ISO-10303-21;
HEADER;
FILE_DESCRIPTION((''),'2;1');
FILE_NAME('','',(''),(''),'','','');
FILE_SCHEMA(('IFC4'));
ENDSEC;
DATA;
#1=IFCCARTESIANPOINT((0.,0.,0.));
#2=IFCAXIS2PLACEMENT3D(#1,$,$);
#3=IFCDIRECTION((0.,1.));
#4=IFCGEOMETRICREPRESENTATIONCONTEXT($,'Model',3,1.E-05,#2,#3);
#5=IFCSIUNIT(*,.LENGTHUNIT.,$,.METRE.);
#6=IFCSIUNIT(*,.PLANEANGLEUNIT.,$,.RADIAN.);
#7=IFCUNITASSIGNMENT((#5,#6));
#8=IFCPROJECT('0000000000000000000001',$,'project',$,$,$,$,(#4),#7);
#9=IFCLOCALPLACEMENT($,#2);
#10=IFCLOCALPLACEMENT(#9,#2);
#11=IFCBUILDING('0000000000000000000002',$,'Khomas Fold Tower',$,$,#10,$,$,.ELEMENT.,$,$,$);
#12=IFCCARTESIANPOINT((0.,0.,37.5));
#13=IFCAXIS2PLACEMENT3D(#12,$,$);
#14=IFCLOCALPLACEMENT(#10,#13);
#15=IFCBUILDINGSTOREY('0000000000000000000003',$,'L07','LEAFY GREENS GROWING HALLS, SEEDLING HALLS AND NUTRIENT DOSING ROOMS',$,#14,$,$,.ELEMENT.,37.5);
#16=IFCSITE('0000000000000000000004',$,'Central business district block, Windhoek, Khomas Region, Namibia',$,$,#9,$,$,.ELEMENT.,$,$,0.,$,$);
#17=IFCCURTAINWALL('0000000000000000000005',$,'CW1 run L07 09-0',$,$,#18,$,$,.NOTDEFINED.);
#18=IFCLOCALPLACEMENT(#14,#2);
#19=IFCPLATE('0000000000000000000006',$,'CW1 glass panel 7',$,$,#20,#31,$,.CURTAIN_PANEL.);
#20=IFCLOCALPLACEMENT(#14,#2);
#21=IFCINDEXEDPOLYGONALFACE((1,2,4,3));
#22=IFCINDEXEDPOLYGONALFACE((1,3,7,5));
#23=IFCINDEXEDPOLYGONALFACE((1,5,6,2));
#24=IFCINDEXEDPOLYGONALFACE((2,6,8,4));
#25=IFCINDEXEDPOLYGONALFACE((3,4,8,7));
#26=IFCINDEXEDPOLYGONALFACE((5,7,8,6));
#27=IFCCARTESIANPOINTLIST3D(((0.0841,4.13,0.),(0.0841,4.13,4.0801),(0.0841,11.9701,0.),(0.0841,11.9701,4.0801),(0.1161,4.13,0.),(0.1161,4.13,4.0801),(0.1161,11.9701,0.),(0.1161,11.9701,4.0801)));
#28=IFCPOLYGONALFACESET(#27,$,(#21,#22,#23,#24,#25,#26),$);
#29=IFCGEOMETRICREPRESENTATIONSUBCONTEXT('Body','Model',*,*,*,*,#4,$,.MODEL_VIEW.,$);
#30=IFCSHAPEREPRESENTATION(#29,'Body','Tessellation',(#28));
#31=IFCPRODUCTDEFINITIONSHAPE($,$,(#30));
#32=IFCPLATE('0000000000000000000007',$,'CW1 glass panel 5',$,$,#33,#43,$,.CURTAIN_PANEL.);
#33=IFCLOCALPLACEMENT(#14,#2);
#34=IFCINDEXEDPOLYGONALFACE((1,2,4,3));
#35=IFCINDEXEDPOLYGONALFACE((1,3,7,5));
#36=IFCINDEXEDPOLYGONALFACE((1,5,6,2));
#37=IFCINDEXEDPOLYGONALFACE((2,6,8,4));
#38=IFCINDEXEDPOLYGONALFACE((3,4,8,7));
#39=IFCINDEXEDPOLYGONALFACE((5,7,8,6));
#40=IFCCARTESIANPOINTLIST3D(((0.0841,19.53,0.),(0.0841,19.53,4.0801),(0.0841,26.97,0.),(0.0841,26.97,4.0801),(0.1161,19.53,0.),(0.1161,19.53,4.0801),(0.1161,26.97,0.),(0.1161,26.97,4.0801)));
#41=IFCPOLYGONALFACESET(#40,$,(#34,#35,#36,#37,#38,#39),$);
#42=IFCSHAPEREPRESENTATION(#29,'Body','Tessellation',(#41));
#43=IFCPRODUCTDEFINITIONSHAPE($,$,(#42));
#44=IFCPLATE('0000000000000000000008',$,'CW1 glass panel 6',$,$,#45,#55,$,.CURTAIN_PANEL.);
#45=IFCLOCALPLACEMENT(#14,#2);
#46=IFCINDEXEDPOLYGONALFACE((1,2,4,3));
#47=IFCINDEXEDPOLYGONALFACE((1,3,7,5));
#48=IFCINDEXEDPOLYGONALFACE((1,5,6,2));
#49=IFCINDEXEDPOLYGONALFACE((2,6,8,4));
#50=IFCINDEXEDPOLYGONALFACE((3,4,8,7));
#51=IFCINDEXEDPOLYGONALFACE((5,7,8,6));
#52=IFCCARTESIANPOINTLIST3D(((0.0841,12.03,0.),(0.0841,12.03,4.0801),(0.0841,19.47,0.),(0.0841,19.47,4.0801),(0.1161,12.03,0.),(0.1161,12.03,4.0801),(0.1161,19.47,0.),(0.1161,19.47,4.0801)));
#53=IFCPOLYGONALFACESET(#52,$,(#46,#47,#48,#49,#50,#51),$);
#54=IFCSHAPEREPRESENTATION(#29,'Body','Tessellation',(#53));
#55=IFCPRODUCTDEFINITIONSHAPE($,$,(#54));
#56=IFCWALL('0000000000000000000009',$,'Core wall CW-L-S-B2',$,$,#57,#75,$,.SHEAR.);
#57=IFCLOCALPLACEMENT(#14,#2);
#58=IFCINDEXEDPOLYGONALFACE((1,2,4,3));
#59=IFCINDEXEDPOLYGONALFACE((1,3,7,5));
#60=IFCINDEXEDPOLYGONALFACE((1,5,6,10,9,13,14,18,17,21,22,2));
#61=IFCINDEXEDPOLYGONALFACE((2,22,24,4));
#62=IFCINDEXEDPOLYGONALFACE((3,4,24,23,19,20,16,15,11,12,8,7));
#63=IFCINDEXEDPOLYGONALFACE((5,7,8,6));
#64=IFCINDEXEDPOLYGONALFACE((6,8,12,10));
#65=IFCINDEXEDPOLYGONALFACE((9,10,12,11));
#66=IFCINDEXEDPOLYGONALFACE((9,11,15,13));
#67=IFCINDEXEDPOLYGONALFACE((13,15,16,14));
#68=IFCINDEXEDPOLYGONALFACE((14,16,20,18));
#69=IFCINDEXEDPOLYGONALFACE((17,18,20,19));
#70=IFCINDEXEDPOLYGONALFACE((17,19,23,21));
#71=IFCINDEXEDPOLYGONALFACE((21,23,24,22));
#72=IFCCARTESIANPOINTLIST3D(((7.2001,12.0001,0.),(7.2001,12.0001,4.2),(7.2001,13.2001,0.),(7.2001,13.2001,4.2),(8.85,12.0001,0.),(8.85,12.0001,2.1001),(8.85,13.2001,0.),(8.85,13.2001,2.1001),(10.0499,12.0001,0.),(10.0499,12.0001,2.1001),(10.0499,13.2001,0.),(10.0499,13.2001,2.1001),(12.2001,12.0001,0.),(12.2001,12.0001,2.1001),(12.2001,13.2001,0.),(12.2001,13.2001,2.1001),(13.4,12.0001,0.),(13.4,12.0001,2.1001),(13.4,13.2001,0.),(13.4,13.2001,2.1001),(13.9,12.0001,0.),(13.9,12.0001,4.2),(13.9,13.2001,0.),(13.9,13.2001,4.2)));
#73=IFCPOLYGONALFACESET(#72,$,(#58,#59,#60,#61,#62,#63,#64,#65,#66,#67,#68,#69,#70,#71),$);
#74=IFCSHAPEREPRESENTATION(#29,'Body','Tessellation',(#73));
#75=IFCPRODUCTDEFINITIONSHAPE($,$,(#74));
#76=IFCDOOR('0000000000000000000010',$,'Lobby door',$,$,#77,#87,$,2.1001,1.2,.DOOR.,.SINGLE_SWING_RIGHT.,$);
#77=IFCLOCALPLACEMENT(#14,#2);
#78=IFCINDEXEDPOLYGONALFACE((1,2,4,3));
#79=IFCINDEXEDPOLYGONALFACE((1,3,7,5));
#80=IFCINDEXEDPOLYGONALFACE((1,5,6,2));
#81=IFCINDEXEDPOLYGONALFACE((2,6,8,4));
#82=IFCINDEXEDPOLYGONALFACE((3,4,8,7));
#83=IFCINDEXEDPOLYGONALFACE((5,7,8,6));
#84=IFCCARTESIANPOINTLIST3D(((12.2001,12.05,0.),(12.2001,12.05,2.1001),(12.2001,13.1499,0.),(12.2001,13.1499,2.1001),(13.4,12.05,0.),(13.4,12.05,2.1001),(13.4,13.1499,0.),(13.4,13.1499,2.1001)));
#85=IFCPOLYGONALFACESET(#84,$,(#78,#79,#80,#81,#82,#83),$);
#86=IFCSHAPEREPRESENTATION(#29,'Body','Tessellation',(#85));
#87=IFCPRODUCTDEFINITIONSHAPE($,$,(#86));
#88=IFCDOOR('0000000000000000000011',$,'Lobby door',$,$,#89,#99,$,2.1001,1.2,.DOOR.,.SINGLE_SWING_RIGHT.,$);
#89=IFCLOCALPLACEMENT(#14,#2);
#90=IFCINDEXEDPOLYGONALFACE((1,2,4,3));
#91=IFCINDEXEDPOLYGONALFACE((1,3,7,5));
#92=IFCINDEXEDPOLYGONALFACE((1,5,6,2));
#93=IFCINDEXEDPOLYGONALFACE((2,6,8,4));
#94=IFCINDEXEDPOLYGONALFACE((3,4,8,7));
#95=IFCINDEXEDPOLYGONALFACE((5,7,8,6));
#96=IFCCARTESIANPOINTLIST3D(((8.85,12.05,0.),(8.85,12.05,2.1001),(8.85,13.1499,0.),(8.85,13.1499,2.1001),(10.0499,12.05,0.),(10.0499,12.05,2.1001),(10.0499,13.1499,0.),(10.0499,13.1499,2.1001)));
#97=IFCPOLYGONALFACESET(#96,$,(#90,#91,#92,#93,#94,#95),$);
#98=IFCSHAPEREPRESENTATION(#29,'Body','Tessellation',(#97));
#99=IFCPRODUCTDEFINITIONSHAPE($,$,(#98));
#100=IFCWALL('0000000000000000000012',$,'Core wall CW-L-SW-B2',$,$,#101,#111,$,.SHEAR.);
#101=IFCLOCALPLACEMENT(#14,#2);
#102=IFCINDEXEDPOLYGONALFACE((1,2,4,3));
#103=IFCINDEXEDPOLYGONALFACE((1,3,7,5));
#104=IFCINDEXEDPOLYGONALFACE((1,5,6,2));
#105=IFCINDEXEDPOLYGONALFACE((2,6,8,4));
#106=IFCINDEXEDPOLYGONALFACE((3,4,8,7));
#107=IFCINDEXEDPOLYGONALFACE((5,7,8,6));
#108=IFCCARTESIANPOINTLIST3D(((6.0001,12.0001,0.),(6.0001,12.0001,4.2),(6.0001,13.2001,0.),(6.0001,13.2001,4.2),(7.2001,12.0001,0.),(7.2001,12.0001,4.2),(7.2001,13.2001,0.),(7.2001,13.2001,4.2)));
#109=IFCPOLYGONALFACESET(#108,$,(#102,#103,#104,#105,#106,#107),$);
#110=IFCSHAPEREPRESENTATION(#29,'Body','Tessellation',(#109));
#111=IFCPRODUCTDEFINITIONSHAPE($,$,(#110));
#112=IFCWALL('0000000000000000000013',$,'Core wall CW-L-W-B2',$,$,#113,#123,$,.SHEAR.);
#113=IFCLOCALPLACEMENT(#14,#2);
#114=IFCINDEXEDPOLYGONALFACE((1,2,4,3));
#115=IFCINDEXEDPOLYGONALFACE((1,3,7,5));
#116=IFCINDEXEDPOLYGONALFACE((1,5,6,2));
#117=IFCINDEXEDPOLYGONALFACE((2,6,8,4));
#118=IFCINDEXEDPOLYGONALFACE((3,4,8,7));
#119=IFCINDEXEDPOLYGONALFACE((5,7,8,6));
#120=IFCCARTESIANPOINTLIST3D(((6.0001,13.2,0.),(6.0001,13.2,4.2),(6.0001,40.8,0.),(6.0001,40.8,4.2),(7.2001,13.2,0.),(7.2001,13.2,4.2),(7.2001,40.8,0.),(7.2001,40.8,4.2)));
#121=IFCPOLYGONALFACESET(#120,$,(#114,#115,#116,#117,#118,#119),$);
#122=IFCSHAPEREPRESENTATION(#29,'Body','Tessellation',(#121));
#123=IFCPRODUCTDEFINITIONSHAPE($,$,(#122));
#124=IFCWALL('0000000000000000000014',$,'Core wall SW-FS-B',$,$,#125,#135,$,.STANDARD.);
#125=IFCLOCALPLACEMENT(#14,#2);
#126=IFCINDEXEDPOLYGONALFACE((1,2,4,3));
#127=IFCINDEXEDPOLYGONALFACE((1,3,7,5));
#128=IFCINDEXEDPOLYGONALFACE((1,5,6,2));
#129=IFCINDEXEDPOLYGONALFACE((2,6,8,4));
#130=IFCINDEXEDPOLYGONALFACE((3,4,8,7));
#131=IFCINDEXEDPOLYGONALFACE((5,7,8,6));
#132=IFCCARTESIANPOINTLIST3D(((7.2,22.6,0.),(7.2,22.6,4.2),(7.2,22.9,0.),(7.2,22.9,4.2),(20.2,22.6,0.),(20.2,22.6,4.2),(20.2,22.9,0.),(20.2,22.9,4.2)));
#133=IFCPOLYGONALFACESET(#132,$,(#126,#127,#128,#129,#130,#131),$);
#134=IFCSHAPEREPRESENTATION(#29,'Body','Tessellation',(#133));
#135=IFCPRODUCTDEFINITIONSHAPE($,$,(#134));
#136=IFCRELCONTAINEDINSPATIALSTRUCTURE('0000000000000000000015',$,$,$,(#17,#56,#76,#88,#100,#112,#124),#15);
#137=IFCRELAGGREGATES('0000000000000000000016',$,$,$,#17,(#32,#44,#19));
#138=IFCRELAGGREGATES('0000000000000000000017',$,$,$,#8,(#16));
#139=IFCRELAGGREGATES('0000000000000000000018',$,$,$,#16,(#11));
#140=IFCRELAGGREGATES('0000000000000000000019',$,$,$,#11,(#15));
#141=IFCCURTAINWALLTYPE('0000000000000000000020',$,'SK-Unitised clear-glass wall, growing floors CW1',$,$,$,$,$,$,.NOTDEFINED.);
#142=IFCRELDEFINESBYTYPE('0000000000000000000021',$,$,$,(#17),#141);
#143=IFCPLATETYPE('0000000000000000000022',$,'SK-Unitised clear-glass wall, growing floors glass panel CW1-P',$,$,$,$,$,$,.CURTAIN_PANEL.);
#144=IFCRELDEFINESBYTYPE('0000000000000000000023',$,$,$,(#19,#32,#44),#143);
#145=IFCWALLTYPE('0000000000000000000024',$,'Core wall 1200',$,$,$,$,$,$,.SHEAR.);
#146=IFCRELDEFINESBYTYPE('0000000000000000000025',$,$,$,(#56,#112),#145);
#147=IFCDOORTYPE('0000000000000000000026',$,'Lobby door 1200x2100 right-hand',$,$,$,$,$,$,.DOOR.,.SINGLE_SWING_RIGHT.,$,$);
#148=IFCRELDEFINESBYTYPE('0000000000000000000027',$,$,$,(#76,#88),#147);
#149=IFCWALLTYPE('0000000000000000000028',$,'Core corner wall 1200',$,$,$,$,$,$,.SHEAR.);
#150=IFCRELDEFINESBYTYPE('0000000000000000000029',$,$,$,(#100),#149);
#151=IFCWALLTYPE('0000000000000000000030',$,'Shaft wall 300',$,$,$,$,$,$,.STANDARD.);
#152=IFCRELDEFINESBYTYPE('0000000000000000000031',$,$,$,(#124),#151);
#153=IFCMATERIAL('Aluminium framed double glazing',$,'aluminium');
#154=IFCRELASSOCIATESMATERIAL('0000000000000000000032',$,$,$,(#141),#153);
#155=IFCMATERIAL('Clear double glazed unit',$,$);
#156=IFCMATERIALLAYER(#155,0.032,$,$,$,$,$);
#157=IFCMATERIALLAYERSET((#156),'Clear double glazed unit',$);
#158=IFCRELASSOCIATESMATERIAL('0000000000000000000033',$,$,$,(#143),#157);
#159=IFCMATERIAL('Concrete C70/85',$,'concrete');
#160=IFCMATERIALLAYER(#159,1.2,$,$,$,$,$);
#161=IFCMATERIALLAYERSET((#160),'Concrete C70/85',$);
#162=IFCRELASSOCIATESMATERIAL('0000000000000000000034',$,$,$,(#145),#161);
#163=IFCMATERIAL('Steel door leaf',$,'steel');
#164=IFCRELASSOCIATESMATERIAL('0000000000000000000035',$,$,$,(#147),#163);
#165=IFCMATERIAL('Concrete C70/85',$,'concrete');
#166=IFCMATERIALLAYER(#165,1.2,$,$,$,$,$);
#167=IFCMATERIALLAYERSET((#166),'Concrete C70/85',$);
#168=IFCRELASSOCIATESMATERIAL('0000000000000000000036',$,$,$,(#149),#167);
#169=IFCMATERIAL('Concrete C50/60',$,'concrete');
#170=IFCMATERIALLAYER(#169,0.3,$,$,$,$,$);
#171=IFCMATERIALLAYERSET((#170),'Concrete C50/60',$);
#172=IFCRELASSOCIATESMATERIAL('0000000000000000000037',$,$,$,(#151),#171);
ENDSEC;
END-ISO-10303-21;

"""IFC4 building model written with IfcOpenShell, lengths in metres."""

from ifc_helpers import new_model, si_unit, direction, frame, frame_2d, origin, origin_2d, place, context, subcontext, project, spatial, rectangle, extrude, source, transform, mapped, material, layer, layer_set, type_object, element, fill, aggregate, save


model = new_model("IFC4")

# Units and contexts
model_context = context("Model", 3, precision=1e-05, world=origin(), true_north=direction((0.0, 1.0)))
body_context = subcontext(model_context, "Body", "Model", "MODEL_VIEW")
ifc_project = project(units=[si_unit("LENGTHUNIT", "METRE"), si_unit("PLANEANGLEUNIT", "RADIAN")], contexts=[model_context])

# Site, building, storey
site_placement = place(None, origin())
site = spatial("IfcSite", under=ifc_project, at=site_placement, Name="Central business district block, Windhoek, Khomas Region, Namibia", CompositionType="ELEMENT", RefElevation=0.0)
building_placement = place(site_placement, origin())
building = spatial("IfcBuilding", under=site, at=building_placement, Name="Khomas Fold Tower", CompositionType="ELEMENT")
storey_placement = place(building_placement, frame((0.0, 0.0, 37.5)))
storey = spatial("IfcBuildingStorey", under=building, at=storey_placement, Name="L07", Description="LEAFY GREENS GROWING HALLS, SEEDLING HALLS AND NUTRIENT DOSING ROOMS", CompositionType="ELEMENT", Elevation=37.5)

# Curtain wall, plates
ifc_material_1 = material(Name="Aluminium framed double glazing", Category="aluminium")
curtain_wall_type = type_object("IfcCurtainWallType", Name="SK-Unitised clear-glass wall, growing floors CW1", PredefinedType="NOTDEFINED", material=ifc_material_1)
curtain_wall_placement = place(storey_placement, origin())
curtain_wall = element("IfcCurtainWall", 1, at=curtain_wall_placement, inside=storey, type_object=curtain_wall_type, Name="CW1 run L07 09-0", PredefinedType="NOTDEFINED")
ifc_material_2 = material(Name="Clear double glazed unit")
ifc_layer_1 = layer(ifc_material_2, 0.032)
ifc_layer_set_1 = layer_set([ifc_layer_1], Name="Clear double glazed unit")
plate_type = type_object("IfcPlateType", Name="SK-Unitised clear-glass wall, growing floors glass panel CW1-P", PredefinedType="CURTAIN_PANEL", material=ifc_layer_set_1)
shared_shape_1 = source(origin(), body_context, "Body", "SweptSolid", [
    extrude(rectangle(XDim=7.8401, YDim=0.032, at=origin_2d()), origin(), (0.0, 0.0, 1.0), 4.0801),
])
plate_1_placement = place(storey_placement, frame((0.1001, 8.05, 0.0), z_axis=(0.0, 0.0, 1.0), x_axis=(0.0, -1.0, 0.0)))
plate_1 = element("IfcPlate", 2, at=plate_1_placement, type_object=plate_type, Name="CW1 glass panel 7", PredefinedType="CURTAIN_PANEL", context=body_context, shape_type="MappedRepresentation", body=[
    mapped(shared_shape_1, transform((0.0, 0.0, 0.0))),
])
shared_shape_2 = source(origin(), body_context, "Body", "SweptSolid", [
    extrude(rectangle(XDim=7.4399, YDim=0.032, at=origin_2d()), origin(), (0.0, 0.0, 1.0), 4.0801),
])
plate_2_placement = place(storey_placement, frame((0.1001, 23.25, 0.0), z_axis=(0.0, 0.0, 1.0), x_axis=(0.0, -1.0, 0.0)))
plate_2 = element("IfcPlate", 3, at=plate_2_placement, type_object=plate_type, Name="CW1 glass panel 5", PredefinedType="CURTAIN_PANEL", context=body_context, shape_type="MappedRepresentation", body=[
    mapped(shared_shape_2, transform((0.0, 0.0, 0.0))),
])
plate_3_placement = place(storey_placement, frame((0.1001, 15.75, 0.0), z_axis=(0.0, 0.0, 1.0), x_axis=(0.0, -1.0, 0.0)))
plate_3 = element("IfcPlate", 4, at=plate_3_placement, type_object=plate_type, Name="CW1 glass panel 6", PredefinedType="CURTAIN_PANEL", context=body_context, shape_type="MappedRepresentation", body=[
    mapped(shared_shape_2, transform((0.0, 0.0, 0.0))),
])
aggregate(curtain_wall, [plate_2, plate_3, plate_1])

# Wall, openings, doors
ifc_material_3 = material(Name="Concrete C70/85", Category="concrete")
ifc_layer_2 = layer(ifc_material_3, 1.2)
ifc_layer_set_2 = layer_set([ifc_layer_2], Name="Concrete C70/85")
wall_type_1 = type_object("IfcWallType", Name="Core wall 1200", PredefinedType="SHEAR", material=ifc_layer_set_2)
shared_shape_3 = source(origin(), body_context, "Body", "SweptSolid", [
    extrude(rectangle(XDim=6.7, YDim=1.2, at=frame_2d((3.3501, 0.0))), origin(), (0.0, 0.0, 1.0), 4.2),
])
wall_1_placement = place(storey_placement, frame((7.2, 12.6001, 0.0), z_axis=(0.0, 0.0, 1.0), x_axis=(1.0, 0.0, 0.0)))
wall_1 = element("IfcWall", 5, at=wall_1_placement, inside=storey, type_object=wall_type_1, Name="Core wall CW-L-S-B2", PredefinedType="SHEAR", context=body_context, shape_type="MappedRepresentation", body=[
    mapped(shared_shape_3, transform((0.0, 0.0, 0.0))),
])
shared_shape_4 = source(origin(), body_context, "Body", "SweptSolid", [
    extrude(rectangle(XDim=1.2, YDim=2.1001, at=frame_2d((0.6001, 1.05))), frame((0.0, 0.6099, 0.0), z_axis=(0.0, -1.0, 0.0), x_axis=(1.0, 0.0, 0.0)), (0.0, 0.0, 1.0), 1.22),
])
opening_1_placement = place(wall_1_placement, frame((5.0, 0.0, 0.0)))
opening_1 = element("IfcOpeningElement", 6, at=opening_1_placement, cuts=wall_1, PredefinedType="OPENING", context=body_context, shape_type="MappedRepresentation", body=[
    mapped(shared_shape_4, transform((0.0, 0.0, 0.0))),
])
opening_2_placement = place(wall_1_placement, frame((1.6499, 0.0, 0.0)))
opening_2 = element("IfcOpeningElement", 7, at=opening_2_placement, cuts=wall_1, PredefinedType="OPENING", context=body_context, shape_type="MappedRepresentation", body=[
    mapped(shared_shape_4, transform((0.0, 0.0, 0.0))),
])
ifc_material_4 = material(Name="Steel door leaf", Category="steel")
door_type_1 = type_object("IfcDoorType", Name="Lobby door 1200x2100 right-hand", OperationType="SINGLE_SWING_RIGHT", PredefinedType="DOOR", material=ifc_material_4)
shared_shape_5 = source(origin(), body_context, "Body", "SweptSolid", [
    extrude(rectangle(XDim=1.2, YDim=2.1001, at=frame_2d((0.6001, 1.05))), frame((0.0, 0.5498, 0.0), z_axis=(0.0, -1.0, 0.0), x_axis=(1.0, 0.0, 0.0)), (0.0, 0.0, 1.0), 1.0999),
])
door_1_placement = place(opening_1_placement, origin())
door_1 = element("IfcDoor", 8, at=door_1_placement, inside=storey, type_object=door_type_1, Name="Lobby door", OperationType="SINGLE_SWING_RIGHT", OverallHeight=2.1001, OverallWidth=1.2, PredefinedType="DOOR", context=body_context, shape_type="MappedRepresentation", body=[
    mapped(shared_shape_5, transform((0.0, 0.0, 0.0))),
])
fill(opening_1, door_1)
door_2_placement = place(opening_2_placement, origin())
door_2 = element("IfcDoor", 9, at=door_2_placement, inside=storey, type_object=door_type_1, Name="Lobby door", OperationType="SINGLE_SWING_RIGHT", OverallHeight=2.1001, OverallWidth=1.2, PredefinedType="DOOR", context=body_context, shape_type="MappedRepresentation", body=[
    mapped(shared_shape_5, transform((0.0, 0.0, 0.0))),
])
fill(opening_2, door_2)

# Walls
ifc_material_5 = material(Name="Concrete C70/85", Category="concrete")
ifc_layer_3 = layer(ifc_material_5, 1.2)
ifc_layer_set_3 = layer_set([ifc_layer_3], Name="Concrete C70/85")
wall_type_2 = type_object("IfcWallType", Name="Core corner wall 1200", PredefinedType="SHEAR", material=ifc_layer_set_3)
shared_shape_6 = source(origin(), body_context, "Body", "SweptSolid", [
    extrude(rectangle(XDim=1.2, YDim=1.2, at=frame_2d((0.6001, 0.0))), origin(), (0.0, 0.0, 1.0), 4.2),
])
wall_2_placement = place(storey_placement, frame((6.0, 12.6001, 0.0), z_axis=(0.0, 0.0, 1.0), x_axis=(1.0, 0.0, 0.0)))
element("IfcWall", 10, at=wall_2_placement, inside=storey, type_object=wall_type_2, Name="Core wall CW-L-SW-B2", PredefinedType="SHEAR", context=body_context, shape_type="MappedRepresentation", body=[
    mapped(shared_shape_6, transform((0.0, 0.0, 0.0))),
])
shared_shape_7 = source(origin(), body_context, "Body", "SweptSolid", [
    extrude(rectangle(XDim=27.6001, YDim=1.2, at=frame_2d((13.8, 0.0))), origin(), (0.0, 0.0, 1.0), 4.2),
])
wall_3_placement = place(storey_placement, frame((6.6001, 13.2, 0.0), z_axis=(0.0, 0.0, 1.0), x_axis=(0.0, 1.0, 0.0)))
element("IfcWall", 11, at=wall_3_placement, inside=storey, type_object=wall_type_1, Name="Core wall CW-L-W-B2", PredefinedType="SHEAR", context=body_context, shape_type="MappedRepresentation", body=[
    mapped(shared_shape_7, transform((0.0, 0.0, 0.0))),
])
ifc_material_6 = material(Name="Concrete C50/60", Category="concrete")
ifc_layer_4 = layer(ifc_material_6, 0.3)
ifc_layer_set_4 = layer_set([ifc_layer_4], Name="Concrete C50/60")
wall_type_3 = type_object("IfcWallType", Name="Shaft wall 300", PredefinedType="STANDARD", material=ifc_layer_set_4)
shared_shape_8 = source(origin(), body_context, "Body", "SweptSolid", [
    extrude(rectangle(XDim=13.0, YDim=0.3, at=frame_2d((6.5, 0.0))), origin(), (0.0, 0.0, 1.0), 4.2),
])
wall_4_placement = place(storey_placement, frame((7.2, 22.75, 0.0), z_axis=(0.0, 0.0, 1.0), x_axis=(1.0, 0.0, 0.0)))
element("IfcWall", 12, at=wall_4_placement, inside=storey, type_object=wall_type_3, Name="Core wall SW-FS-B", PredefinedType="STANDARD", context=body_context, shape_type="MappedRepresentation", body=[
    mapped(shared_shape_8, transform((0.0, 0.0, 0.0))),
])

save(model, "model.ifc")
